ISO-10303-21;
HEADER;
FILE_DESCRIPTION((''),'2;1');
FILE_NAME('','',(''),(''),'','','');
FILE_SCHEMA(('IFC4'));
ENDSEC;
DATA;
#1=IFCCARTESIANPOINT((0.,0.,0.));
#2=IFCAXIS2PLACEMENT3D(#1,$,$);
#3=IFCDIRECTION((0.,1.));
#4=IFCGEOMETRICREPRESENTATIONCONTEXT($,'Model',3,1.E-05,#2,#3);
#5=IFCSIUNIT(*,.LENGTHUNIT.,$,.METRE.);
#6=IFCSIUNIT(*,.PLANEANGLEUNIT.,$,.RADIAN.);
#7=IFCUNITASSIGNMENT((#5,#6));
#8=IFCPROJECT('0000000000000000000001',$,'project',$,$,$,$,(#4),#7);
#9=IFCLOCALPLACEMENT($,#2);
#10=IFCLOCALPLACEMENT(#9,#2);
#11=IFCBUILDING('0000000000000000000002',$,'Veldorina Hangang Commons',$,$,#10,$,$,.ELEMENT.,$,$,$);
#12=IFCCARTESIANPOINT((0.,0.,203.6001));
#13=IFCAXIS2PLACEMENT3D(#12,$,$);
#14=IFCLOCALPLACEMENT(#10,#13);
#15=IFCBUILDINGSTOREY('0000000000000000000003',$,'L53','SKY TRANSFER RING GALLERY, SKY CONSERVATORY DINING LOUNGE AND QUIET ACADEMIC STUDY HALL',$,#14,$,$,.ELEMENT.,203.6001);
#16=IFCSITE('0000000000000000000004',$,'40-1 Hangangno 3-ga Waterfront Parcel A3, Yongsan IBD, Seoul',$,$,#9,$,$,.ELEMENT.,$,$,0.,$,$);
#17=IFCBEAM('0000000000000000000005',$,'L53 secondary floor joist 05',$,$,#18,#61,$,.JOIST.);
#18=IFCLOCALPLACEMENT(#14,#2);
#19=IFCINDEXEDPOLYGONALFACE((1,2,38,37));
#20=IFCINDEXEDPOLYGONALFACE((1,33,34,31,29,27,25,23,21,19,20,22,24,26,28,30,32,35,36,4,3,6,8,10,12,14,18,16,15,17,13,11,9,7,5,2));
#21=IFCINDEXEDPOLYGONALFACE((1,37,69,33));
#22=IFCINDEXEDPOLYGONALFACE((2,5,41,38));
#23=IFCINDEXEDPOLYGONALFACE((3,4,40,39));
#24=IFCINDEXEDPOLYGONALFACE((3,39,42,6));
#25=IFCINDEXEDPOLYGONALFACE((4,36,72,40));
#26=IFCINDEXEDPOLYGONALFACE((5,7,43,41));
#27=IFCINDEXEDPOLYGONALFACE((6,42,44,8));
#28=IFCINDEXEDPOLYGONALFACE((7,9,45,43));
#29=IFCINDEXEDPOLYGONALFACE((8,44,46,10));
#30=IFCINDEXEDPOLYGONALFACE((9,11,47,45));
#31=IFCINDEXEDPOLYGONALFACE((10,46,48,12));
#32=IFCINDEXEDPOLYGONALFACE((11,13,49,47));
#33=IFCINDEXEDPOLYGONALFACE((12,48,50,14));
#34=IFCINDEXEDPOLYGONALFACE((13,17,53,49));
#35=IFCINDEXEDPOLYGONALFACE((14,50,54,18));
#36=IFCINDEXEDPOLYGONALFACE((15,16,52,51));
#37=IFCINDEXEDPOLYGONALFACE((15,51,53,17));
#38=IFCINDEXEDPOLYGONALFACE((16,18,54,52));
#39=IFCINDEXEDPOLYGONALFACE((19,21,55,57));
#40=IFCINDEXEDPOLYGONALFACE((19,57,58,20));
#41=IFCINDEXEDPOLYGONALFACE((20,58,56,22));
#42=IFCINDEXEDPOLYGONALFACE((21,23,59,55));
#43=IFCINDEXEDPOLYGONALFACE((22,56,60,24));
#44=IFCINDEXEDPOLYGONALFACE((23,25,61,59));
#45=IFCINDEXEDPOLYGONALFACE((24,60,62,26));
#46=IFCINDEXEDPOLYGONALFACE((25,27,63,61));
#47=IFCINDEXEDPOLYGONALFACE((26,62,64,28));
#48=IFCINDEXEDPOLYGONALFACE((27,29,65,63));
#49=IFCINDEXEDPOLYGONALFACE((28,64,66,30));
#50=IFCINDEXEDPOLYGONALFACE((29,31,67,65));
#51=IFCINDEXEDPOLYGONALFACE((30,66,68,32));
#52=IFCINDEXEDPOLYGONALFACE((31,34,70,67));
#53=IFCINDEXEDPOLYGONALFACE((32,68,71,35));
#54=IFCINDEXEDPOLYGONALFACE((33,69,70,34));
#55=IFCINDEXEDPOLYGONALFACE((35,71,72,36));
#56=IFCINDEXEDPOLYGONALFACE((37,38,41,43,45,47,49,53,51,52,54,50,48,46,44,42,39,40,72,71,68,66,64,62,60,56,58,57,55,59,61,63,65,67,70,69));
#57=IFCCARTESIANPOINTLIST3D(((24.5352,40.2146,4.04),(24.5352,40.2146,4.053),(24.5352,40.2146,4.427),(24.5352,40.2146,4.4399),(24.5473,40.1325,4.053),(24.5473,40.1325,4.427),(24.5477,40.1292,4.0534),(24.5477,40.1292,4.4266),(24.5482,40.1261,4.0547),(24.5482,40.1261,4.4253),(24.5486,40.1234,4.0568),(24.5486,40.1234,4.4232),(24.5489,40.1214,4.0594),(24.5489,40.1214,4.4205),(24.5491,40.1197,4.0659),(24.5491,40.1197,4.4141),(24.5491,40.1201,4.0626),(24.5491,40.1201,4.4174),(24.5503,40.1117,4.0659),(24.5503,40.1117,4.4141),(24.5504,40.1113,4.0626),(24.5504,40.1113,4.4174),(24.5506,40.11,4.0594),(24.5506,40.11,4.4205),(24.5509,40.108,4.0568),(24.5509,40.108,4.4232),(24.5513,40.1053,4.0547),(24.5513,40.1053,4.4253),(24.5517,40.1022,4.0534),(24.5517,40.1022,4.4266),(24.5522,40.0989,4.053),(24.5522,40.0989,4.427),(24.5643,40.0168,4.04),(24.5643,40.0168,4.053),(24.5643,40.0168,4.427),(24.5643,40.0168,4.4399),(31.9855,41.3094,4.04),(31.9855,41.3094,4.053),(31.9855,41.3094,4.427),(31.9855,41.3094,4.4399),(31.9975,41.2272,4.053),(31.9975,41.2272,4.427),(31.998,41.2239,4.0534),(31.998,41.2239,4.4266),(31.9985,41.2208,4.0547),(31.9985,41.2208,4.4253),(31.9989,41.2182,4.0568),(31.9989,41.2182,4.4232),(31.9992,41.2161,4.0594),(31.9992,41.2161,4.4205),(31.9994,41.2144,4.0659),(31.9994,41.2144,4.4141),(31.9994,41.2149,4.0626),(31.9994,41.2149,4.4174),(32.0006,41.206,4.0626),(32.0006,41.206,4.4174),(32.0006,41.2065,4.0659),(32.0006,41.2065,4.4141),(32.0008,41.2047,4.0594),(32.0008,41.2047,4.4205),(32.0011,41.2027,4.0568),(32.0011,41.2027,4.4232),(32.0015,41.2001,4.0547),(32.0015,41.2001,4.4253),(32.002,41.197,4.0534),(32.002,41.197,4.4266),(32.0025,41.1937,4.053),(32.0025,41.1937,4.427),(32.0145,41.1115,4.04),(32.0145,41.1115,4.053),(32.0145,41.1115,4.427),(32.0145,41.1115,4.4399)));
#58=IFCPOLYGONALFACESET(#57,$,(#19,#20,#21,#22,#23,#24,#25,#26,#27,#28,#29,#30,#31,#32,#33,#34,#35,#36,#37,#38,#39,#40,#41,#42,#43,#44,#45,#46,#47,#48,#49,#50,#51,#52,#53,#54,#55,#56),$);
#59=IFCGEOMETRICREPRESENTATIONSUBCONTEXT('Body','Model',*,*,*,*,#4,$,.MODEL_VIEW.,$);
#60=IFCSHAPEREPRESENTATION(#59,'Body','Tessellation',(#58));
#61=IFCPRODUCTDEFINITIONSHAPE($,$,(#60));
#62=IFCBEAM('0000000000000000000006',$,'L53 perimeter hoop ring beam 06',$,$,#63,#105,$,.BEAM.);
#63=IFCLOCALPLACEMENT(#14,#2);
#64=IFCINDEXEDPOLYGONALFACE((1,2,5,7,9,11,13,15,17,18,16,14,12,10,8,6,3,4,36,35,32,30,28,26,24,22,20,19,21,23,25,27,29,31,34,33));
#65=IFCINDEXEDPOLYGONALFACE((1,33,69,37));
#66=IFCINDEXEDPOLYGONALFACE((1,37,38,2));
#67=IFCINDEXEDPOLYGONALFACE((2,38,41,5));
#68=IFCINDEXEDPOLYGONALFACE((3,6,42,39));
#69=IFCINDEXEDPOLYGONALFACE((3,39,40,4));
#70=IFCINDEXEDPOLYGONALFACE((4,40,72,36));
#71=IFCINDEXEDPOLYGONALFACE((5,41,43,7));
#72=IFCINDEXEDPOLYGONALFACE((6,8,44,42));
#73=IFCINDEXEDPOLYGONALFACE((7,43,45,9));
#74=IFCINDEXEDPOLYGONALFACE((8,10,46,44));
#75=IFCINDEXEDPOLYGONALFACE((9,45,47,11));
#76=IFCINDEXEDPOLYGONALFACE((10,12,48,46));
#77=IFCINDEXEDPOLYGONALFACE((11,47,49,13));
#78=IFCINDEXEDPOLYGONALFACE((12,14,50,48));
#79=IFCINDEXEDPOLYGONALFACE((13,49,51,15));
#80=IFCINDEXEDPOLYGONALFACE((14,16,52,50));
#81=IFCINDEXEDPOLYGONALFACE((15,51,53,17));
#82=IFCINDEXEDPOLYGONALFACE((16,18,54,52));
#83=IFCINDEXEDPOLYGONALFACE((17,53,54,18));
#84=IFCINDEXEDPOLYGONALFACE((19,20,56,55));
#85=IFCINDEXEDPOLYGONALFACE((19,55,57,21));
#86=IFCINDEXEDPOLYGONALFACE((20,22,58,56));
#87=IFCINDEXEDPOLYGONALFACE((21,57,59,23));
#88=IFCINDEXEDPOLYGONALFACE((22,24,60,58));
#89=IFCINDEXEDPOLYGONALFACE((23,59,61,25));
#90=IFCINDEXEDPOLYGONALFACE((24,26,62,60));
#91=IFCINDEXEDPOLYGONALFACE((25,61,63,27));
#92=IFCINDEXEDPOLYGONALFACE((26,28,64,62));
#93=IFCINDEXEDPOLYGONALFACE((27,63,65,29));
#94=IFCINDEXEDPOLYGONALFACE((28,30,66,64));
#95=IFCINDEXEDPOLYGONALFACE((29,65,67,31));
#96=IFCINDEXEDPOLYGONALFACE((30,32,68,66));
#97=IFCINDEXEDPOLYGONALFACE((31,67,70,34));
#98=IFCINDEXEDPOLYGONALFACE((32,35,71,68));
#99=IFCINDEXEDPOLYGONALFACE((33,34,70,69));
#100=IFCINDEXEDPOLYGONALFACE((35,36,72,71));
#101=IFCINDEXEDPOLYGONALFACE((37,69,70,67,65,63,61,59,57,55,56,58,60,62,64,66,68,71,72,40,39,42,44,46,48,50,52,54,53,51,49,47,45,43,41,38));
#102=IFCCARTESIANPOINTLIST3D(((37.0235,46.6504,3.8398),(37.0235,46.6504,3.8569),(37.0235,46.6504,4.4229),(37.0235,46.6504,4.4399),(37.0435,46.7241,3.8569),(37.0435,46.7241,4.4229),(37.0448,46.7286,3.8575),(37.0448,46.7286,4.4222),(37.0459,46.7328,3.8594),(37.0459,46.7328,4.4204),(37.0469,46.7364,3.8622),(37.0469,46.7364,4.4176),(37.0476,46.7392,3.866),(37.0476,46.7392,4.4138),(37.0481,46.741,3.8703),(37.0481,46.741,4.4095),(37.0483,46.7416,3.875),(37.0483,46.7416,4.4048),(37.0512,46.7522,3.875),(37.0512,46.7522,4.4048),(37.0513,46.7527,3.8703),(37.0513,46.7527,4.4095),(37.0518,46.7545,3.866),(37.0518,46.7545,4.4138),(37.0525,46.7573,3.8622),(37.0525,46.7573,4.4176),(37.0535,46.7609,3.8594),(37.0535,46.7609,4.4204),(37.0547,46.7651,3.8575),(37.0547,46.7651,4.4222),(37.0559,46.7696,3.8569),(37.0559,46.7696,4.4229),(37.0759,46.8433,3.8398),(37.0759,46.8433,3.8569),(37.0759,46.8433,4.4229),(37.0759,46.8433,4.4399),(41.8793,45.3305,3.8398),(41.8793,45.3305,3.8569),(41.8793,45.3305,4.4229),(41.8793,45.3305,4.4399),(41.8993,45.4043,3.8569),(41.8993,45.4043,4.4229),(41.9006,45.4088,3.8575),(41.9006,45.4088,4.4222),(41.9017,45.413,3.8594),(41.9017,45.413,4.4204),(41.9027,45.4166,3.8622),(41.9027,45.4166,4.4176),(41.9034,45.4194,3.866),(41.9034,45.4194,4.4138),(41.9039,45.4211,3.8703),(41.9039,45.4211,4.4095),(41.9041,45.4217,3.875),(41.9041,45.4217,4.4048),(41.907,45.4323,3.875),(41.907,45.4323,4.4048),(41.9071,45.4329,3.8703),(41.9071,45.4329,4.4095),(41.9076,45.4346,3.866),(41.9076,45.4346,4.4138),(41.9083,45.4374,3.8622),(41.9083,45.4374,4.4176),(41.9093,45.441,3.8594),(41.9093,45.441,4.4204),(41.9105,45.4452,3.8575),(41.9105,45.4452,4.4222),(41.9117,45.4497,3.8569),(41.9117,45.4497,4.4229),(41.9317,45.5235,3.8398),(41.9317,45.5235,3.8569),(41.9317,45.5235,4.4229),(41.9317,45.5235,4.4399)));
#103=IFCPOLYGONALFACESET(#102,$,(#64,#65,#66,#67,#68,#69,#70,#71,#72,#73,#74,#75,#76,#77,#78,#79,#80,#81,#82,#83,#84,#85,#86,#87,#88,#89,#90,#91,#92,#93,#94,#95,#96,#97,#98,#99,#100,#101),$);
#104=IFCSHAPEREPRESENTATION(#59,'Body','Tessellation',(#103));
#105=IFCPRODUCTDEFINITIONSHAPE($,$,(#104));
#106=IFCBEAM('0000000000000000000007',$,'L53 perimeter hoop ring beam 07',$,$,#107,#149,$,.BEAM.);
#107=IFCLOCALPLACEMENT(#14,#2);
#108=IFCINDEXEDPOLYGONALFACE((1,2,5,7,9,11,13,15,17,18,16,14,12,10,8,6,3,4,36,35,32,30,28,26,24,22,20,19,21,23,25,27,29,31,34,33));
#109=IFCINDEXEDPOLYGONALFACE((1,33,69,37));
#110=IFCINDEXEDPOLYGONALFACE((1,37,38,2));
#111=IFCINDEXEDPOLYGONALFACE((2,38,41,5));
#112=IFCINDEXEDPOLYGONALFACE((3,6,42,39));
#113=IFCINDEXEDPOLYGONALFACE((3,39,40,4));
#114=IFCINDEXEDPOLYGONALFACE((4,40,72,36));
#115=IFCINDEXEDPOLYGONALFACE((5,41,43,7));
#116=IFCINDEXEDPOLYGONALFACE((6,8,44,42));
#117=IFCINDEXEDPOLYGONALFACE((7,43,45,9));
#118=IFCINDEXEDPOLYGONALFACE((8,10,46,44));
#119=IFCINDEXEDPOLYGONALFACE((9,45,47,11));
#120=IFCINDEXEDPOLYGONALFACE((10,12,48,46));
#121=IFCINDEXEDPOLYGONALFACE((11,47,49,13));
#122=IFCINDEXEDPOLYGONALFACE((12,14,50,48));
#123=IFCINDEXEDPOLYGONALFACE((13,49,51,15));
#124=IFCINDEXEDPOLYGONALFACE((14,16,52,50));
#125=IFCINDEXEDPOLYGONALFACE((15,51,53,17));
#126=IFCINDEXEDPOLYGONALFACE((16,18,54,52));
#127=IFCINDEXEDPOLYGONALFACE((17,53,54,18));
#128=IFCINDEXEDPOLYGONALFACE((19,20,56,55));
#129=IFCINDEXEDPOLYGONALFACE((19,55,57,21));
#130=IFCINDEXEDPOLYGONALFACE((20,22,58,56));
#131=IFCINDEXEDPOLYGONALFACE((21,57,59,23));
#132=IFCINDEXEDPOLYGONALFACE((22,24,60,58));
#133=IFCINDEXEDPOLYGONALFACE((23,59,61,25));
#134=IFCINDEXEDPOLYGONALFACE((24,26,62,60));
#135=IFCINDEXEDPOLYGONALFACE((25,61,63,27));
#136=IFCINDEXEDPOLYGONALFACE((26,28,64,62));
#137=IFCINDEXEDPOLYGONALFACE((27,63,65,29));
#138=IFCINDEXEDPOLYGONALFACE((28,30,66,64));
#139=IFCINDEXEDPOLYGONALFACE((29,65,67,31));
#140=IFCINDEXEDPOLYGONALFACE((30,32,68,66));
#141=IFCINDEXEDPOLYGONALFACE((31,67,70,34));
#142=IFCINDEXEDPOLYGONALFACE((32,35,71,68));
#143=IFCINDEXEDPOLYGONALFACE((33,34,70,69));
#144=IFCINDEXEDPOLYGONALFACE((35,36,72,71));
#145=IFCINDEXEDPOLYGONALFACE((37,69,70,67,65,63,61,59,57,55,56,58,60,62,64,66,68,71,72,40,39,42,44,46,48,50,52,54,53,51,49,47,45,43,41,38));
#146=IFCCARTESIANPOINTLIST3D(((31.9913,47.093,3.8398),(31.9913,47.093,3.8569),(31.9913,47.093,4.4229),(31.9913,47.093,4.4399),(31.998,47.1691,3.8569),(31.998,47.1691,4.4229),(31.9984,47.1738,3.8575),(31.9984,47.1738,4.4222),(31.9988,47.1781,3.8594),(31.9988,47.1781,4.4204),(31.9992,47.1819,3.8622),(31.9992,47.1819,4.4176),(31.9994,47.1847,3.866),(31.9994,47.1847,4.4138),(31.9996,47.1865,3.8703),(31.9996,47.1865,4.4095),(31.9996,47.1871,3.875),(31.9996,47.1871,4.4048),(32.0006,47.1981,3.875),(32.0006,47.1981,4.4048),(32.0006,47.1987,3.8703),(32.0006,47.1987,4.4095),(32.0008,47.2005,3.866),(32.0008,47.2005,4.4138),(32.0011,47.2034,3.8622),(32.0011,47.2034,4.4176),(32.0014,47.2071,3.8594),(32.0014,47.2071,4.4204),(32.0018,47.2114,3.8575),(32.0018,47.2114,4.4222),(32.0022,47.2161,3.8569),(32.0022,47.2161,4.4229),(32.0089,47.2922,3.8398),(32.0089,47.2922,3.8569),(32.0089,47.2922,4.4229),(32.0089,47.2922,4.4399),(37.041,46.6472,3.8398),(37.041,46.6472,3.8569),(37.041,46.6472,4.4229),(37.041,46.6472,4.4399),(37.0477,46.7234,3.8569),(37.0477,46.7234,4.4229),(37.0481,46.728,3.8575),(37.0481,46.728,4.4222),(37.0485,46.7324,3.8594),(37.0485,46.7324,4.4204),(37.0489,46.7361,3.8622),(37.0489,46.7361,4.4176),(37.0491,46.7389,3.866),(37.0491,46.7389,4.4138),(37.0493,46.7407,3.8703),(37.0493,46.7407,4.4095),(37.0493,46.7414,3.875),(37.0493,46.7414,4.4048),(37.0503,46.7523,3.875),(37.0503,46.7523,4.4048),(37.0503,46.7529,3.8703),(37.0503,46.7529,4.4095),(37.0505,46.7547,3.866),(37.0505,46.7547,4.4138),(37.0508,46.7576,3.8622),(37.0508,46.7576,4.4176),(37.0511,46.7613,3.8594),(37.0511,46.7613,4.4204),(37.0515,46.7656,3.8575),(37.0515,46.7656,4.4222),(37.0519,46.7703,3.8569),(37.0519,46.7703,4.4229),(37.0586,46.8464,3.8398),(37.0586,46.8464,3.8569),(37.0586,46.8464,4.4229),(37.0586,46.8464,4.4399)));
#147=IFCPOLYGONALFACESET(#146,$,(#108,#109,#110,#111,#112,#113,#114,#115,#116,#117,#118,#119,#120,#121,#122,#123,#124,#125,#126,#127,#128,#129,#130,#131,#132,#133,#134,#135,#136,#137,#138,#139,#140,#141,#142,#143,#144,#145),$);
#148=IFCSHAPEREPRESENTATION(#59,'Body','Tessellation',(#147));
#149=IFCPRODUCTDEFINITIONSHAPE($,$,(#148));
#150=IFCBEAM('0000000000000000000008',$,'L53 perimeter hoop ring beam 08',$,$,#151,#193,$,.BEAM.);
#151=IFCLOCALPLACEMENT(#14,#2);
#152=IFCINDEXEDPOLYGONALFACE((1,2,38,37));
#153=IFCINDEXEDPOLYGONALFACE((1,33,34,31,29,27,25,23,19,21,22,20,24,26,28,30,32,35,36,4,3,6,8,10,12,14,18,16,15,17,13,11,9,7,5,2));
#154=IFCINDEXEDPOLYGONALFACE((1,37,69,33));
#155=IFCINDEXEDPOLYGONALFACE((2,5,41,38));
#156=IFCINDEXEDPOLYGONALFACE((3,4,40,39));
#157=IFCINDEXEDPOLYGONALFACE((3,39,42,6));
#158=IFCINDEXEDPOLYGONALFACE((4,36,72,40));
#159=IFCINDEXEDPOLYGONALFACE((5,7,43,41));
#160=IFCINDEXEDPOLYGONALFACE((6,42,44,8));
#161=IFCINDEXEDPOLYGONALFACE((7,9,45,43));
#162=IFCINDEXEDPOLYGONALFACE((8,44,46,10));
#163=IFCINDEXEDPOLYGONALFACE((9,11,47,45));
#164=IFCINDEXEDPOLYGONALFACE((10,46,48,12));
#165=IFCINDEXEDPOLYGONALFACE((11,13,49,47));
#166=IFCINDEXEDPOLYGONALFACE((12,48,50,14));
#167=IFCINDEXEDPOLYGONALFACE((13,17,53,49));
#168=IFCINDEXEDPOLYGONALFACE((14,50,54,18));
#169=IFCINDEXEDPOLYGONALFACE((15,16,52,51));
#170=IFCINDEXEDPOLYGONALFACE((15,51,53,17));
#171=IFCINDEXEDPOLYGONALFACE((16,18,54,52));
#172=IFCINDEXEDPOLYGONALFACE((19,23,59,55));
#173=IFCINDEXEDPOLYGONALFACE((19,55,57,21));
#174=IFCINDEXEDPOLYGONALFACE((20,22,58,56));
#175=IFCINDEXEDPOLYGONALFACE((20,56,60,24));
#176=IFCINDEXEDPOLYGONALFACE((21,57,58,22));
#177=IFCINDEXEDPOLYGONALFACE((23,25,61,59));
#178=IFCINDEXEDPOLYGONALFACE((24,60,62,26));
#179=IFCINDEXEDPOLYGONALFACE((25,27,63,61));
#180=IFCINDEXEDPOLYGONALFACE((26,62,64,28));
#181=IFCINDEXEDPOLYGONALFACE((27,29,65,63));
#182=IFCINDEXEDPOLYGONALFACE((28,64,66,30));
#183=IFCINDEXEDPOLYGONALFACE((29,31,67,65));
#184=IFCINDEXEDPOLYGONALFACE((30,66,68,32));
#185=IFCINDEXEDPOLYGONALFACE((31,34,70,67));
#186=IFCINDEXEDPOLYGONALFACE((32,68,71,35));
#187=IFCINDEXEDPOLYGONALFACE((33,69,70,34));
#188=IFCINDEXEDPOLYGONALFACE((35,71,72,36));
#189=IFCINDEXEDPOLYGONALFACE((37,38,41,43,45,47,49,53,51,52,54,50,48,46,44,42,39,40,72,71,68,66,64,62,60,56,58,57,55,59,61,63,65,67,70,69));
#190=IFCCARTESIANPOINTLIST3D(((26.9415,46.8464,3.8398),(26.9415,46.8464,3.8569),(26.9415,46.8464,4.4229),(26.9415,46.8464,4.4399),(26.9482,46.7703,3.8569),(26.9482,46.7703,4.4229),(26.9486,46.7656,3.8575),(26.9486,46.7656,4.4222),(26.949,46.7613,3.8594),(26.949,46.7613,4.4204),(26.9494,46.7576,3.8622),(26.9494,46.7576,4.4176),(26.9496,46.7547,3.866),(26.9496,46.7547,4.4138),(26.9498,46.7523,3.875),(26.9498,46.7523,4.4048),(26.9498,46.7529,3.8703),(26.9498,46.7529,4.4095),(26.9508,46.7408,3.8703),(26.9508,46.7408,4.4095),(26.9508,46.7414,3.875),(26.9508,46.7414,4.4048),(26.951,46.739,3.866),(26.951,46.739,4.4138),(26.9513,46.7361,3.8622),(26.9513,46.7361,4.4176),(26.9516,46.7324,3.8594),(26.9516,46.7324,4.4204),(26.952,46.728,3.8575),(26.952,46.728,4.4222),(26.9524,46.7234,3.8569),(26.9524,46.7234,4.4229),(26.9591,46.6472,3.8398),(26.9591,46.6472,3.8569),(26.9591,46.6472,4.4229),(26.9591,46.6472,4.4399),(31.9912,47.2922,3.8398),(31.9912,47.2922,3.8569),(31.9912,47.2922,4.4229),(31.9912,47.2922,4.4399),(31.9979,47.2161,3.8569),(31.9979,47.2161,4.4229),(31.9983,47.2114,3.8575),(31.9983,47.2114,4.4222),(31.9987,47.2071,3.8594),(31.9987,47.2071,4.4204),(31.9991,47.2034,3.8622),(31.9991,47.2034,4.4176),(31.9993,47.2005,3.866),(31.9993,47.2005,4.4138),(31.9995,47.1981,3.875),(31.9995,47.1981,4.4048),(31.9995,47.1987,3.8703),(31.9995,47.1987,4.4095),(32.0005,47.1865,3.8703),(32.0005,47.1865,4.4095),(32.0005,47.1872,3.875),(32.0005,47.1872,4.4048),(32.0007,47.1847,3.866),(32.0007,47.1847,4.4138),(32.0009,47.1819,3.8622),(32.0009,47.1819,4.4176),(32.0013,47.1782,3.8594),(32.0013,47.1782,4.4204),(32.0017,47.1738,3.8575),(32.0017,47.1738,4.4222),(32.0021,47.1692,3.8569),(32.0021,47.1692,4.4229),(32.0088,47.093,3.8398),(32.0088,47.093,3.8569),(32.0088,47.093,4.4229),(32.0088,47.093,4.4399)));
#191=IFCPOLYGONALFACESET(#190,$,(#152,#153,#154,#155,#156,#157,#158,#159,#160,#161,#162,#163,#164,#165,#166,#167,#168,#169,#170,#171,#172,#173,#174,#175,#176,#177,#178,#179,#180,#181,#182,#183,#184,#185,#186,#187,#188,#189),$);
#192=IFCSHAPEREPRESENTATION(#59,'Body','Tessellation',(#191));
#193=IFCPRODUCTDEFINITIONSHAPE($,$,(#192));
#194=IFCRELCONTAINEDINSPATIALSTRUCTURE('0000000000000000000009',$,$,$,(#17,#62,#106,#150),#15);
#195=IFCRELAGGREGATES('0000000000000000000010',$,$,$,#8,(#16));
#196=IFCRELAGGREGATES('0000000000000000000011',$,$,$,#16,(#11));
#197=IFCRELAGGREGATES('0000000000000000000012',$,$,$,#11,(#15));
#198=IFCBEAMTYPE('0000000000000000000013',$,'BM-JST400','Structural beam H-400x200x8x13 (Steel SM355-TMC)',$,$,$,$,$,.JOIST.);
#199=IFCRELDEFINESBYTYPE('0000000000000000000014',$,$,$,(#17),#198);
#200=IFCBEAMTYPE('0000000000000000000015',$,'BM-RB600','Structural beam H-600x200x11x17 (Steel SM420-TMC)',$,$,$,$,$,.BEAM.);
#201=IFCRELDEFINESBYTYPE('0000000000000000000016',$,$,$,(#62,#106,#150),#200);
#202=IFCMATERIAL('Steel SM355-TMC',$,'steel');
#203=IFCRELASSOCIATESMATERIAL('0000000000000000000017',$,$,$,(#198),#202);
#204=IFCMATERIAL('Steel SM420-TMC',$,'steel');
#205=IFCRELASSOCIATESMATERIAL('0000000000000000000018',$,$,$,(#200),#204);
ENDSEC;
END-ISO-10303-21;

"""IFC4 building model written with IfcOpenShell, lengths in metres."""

from ifc_helpers import new_model, si_unit, direction, frame, origin, origin_2d, place, context, subcontext, project, spatial, i_section, extrude, material, material_profile, profile_set, type_object, element, save


model = new_model("IFC4")

# Units and contexts
model_context = context("Model", 3, precision=1e-05, world=origin(), true_north=direction((0.0, 1.0)))
body_context = subcontext(model_context, "Body", "Model", "MODEL_VIEW")
ifc_project = project(units=[si_unit("LENGTHUNIT", "METRE"), si_unit("PLANEANGLEUNIT", "RADIAN")], contexts=[model_context])

# Site, building, storey
site_placement = place(None, origin())
site = spatial("IfcSite", under=ifc_project, at=site_placement, Name="40-1 Hangangno 3-ga Waterfront Parcel A3, Yongsan IBD, Seoul", CompositionType="ELEMENT", RefElevation=0.0)
building_placement = place(site_placement, origin())
building = spatial("IfcBuilding", under=site, at=building_placement, Name="Veldorina Hangang Commons", CompositionType="ELEMENT")
storey_placement = place(building_placement, frame((0.0, 0.0, 203.6001)))
storey = spatial("IfcBuildingStorey", under=building, at=storey_placement, Name="L53", Description="SKY TRANSFER RING GALLERY, SKY CONSERVATORY DINING LOUNGE AND QUIET ACADEMIC STUDY HALL", CompositionType="ELEMENT", Elevation=203.6001)

# Beams
ifc_material_1 = material(Name="Steel SM355-TMC", Category="steel")
ifc_material_profile_1 = material_profile(ifc_material_1, i_section(OverallWidth=0.2, OverallDepth=0.3999, WebThickness=0.0081, FlangeThickness=0.0129, FilletRadius=0.0129, at=origin_2d()), Name="H-400x200x8x13")
ifc_profile_set_1 = profile_set([ifc_material_profile_1], Name="Steel SM355-TMC")
beam_type_1 = type_object("IfcBeamType", Name="BM-JST400", Description="Structural beam H-400x200x8x13 (Steel SM355-TMC)", PredefinedType="JOIST", material=ifc_profile_set_1)
beam_1_placement = place(storey_placement, frame((32.0, 41.2104, 4.24), z_axis=(-0.989376, -0.145378, 0.0), x_axis=(0.145378, -0.989376, 0.0)))
element("IfcBeam", 1, at=beam_1_placement, inside=storey, type_object=beam_type_1, Name="L53 secondary floor joist 05", PredefinedType="JOIST", context=body_context, shape_type="SweptSolid", body=[
    extrude(i_section(OverallWidth=0.2, OverallDepth=0.3999, WebThickness=0.0081, FlangeThickness=0.0129, FilletRadius=0.0129, at=origin_2d()), origin(), (0.0, 0.0, 1.0), 7.5303),
])
ifc_material_2 = material(Name="Steel SM420-TMC", Category="steel")
ifc_material_profile_2 = material_profile(ifc_material_2, i_section(OverallWidth=0.2, OverallDepth=0.6001, WebThickness=0.011, FlangeThickness=0.0171, FilletRadius=0.0181, at=origin_2d()), Name="H-600x200x11x17")
ifc_profile_set_2 = profile_set([ifc_material_profile_2], Name="Steel SM420-TMC")
beam_type_2 = type_object("IfcBeamType", Name="BM-RB600", Description="Structural beam H-600x200x11x17 (Steel SM420-TMC)", PredefinedType="BEAM", material=ifc_profile_set_2)
beam_2_placement = place(storey_placement, frame((41.9055, 45.427, 4.1399), z_axis=(-0.964989, 0.262292, 0.0), x_axis=(-0.262292, -0.964989, 0.0)))
element("IfcBeam", 2, at=beam_2_placement, inside=storey, type_object=beam_type_2, Name="L53 perimeter hoop ring beam 06", PredefinedType="BEAM", context=body_context, shape_type="SweptSolid", body=[
    extrude(i_section(OverallWidth=0.2, OverallDepth=0.6001, WebThickness=0.011, FlangeThickness=0.0171, FilletRadius=0.0181, at=origin_2d()), origin(), (0.0, 0.0, 1.0), 5.032),
])
for number, where, z_axis, x_axis, name in (
    (3, (37.0498, 46.7468, 4.1399), (-0.996126, 0.087939, 0.0), (-0.087939, -0.996126, 0.0), "L53 perimeter hoop ring beam 07"),
    (4, (32.0, 47.1926, 4.1399), (-0.996126, -0.087939, 0.0), (0.087939, -0.996126, 0.0), "L53 perimeter hoop ring beam 08"),
):
    element("IfcBeam", number, at=place(storey_placement, frame(where, z_axis=z_axis, x_axis=x_axis)), inside=storey, type_object=beam_type_2, Name=name, PredefinedType="BEAM", context=body_context, shape_type="SweptSolid", body=[
        extrude(i_section(OverallWidth=0.2, OverallDepth=0.6001, WebThickness=0.011, FlangeThickness=0.0171, FilletRadius=0.0181, at=origin_2d()), origin(), (0.0, 0.0, 1.0), 5.0693),
    ])

save(model, "model.ifc")
